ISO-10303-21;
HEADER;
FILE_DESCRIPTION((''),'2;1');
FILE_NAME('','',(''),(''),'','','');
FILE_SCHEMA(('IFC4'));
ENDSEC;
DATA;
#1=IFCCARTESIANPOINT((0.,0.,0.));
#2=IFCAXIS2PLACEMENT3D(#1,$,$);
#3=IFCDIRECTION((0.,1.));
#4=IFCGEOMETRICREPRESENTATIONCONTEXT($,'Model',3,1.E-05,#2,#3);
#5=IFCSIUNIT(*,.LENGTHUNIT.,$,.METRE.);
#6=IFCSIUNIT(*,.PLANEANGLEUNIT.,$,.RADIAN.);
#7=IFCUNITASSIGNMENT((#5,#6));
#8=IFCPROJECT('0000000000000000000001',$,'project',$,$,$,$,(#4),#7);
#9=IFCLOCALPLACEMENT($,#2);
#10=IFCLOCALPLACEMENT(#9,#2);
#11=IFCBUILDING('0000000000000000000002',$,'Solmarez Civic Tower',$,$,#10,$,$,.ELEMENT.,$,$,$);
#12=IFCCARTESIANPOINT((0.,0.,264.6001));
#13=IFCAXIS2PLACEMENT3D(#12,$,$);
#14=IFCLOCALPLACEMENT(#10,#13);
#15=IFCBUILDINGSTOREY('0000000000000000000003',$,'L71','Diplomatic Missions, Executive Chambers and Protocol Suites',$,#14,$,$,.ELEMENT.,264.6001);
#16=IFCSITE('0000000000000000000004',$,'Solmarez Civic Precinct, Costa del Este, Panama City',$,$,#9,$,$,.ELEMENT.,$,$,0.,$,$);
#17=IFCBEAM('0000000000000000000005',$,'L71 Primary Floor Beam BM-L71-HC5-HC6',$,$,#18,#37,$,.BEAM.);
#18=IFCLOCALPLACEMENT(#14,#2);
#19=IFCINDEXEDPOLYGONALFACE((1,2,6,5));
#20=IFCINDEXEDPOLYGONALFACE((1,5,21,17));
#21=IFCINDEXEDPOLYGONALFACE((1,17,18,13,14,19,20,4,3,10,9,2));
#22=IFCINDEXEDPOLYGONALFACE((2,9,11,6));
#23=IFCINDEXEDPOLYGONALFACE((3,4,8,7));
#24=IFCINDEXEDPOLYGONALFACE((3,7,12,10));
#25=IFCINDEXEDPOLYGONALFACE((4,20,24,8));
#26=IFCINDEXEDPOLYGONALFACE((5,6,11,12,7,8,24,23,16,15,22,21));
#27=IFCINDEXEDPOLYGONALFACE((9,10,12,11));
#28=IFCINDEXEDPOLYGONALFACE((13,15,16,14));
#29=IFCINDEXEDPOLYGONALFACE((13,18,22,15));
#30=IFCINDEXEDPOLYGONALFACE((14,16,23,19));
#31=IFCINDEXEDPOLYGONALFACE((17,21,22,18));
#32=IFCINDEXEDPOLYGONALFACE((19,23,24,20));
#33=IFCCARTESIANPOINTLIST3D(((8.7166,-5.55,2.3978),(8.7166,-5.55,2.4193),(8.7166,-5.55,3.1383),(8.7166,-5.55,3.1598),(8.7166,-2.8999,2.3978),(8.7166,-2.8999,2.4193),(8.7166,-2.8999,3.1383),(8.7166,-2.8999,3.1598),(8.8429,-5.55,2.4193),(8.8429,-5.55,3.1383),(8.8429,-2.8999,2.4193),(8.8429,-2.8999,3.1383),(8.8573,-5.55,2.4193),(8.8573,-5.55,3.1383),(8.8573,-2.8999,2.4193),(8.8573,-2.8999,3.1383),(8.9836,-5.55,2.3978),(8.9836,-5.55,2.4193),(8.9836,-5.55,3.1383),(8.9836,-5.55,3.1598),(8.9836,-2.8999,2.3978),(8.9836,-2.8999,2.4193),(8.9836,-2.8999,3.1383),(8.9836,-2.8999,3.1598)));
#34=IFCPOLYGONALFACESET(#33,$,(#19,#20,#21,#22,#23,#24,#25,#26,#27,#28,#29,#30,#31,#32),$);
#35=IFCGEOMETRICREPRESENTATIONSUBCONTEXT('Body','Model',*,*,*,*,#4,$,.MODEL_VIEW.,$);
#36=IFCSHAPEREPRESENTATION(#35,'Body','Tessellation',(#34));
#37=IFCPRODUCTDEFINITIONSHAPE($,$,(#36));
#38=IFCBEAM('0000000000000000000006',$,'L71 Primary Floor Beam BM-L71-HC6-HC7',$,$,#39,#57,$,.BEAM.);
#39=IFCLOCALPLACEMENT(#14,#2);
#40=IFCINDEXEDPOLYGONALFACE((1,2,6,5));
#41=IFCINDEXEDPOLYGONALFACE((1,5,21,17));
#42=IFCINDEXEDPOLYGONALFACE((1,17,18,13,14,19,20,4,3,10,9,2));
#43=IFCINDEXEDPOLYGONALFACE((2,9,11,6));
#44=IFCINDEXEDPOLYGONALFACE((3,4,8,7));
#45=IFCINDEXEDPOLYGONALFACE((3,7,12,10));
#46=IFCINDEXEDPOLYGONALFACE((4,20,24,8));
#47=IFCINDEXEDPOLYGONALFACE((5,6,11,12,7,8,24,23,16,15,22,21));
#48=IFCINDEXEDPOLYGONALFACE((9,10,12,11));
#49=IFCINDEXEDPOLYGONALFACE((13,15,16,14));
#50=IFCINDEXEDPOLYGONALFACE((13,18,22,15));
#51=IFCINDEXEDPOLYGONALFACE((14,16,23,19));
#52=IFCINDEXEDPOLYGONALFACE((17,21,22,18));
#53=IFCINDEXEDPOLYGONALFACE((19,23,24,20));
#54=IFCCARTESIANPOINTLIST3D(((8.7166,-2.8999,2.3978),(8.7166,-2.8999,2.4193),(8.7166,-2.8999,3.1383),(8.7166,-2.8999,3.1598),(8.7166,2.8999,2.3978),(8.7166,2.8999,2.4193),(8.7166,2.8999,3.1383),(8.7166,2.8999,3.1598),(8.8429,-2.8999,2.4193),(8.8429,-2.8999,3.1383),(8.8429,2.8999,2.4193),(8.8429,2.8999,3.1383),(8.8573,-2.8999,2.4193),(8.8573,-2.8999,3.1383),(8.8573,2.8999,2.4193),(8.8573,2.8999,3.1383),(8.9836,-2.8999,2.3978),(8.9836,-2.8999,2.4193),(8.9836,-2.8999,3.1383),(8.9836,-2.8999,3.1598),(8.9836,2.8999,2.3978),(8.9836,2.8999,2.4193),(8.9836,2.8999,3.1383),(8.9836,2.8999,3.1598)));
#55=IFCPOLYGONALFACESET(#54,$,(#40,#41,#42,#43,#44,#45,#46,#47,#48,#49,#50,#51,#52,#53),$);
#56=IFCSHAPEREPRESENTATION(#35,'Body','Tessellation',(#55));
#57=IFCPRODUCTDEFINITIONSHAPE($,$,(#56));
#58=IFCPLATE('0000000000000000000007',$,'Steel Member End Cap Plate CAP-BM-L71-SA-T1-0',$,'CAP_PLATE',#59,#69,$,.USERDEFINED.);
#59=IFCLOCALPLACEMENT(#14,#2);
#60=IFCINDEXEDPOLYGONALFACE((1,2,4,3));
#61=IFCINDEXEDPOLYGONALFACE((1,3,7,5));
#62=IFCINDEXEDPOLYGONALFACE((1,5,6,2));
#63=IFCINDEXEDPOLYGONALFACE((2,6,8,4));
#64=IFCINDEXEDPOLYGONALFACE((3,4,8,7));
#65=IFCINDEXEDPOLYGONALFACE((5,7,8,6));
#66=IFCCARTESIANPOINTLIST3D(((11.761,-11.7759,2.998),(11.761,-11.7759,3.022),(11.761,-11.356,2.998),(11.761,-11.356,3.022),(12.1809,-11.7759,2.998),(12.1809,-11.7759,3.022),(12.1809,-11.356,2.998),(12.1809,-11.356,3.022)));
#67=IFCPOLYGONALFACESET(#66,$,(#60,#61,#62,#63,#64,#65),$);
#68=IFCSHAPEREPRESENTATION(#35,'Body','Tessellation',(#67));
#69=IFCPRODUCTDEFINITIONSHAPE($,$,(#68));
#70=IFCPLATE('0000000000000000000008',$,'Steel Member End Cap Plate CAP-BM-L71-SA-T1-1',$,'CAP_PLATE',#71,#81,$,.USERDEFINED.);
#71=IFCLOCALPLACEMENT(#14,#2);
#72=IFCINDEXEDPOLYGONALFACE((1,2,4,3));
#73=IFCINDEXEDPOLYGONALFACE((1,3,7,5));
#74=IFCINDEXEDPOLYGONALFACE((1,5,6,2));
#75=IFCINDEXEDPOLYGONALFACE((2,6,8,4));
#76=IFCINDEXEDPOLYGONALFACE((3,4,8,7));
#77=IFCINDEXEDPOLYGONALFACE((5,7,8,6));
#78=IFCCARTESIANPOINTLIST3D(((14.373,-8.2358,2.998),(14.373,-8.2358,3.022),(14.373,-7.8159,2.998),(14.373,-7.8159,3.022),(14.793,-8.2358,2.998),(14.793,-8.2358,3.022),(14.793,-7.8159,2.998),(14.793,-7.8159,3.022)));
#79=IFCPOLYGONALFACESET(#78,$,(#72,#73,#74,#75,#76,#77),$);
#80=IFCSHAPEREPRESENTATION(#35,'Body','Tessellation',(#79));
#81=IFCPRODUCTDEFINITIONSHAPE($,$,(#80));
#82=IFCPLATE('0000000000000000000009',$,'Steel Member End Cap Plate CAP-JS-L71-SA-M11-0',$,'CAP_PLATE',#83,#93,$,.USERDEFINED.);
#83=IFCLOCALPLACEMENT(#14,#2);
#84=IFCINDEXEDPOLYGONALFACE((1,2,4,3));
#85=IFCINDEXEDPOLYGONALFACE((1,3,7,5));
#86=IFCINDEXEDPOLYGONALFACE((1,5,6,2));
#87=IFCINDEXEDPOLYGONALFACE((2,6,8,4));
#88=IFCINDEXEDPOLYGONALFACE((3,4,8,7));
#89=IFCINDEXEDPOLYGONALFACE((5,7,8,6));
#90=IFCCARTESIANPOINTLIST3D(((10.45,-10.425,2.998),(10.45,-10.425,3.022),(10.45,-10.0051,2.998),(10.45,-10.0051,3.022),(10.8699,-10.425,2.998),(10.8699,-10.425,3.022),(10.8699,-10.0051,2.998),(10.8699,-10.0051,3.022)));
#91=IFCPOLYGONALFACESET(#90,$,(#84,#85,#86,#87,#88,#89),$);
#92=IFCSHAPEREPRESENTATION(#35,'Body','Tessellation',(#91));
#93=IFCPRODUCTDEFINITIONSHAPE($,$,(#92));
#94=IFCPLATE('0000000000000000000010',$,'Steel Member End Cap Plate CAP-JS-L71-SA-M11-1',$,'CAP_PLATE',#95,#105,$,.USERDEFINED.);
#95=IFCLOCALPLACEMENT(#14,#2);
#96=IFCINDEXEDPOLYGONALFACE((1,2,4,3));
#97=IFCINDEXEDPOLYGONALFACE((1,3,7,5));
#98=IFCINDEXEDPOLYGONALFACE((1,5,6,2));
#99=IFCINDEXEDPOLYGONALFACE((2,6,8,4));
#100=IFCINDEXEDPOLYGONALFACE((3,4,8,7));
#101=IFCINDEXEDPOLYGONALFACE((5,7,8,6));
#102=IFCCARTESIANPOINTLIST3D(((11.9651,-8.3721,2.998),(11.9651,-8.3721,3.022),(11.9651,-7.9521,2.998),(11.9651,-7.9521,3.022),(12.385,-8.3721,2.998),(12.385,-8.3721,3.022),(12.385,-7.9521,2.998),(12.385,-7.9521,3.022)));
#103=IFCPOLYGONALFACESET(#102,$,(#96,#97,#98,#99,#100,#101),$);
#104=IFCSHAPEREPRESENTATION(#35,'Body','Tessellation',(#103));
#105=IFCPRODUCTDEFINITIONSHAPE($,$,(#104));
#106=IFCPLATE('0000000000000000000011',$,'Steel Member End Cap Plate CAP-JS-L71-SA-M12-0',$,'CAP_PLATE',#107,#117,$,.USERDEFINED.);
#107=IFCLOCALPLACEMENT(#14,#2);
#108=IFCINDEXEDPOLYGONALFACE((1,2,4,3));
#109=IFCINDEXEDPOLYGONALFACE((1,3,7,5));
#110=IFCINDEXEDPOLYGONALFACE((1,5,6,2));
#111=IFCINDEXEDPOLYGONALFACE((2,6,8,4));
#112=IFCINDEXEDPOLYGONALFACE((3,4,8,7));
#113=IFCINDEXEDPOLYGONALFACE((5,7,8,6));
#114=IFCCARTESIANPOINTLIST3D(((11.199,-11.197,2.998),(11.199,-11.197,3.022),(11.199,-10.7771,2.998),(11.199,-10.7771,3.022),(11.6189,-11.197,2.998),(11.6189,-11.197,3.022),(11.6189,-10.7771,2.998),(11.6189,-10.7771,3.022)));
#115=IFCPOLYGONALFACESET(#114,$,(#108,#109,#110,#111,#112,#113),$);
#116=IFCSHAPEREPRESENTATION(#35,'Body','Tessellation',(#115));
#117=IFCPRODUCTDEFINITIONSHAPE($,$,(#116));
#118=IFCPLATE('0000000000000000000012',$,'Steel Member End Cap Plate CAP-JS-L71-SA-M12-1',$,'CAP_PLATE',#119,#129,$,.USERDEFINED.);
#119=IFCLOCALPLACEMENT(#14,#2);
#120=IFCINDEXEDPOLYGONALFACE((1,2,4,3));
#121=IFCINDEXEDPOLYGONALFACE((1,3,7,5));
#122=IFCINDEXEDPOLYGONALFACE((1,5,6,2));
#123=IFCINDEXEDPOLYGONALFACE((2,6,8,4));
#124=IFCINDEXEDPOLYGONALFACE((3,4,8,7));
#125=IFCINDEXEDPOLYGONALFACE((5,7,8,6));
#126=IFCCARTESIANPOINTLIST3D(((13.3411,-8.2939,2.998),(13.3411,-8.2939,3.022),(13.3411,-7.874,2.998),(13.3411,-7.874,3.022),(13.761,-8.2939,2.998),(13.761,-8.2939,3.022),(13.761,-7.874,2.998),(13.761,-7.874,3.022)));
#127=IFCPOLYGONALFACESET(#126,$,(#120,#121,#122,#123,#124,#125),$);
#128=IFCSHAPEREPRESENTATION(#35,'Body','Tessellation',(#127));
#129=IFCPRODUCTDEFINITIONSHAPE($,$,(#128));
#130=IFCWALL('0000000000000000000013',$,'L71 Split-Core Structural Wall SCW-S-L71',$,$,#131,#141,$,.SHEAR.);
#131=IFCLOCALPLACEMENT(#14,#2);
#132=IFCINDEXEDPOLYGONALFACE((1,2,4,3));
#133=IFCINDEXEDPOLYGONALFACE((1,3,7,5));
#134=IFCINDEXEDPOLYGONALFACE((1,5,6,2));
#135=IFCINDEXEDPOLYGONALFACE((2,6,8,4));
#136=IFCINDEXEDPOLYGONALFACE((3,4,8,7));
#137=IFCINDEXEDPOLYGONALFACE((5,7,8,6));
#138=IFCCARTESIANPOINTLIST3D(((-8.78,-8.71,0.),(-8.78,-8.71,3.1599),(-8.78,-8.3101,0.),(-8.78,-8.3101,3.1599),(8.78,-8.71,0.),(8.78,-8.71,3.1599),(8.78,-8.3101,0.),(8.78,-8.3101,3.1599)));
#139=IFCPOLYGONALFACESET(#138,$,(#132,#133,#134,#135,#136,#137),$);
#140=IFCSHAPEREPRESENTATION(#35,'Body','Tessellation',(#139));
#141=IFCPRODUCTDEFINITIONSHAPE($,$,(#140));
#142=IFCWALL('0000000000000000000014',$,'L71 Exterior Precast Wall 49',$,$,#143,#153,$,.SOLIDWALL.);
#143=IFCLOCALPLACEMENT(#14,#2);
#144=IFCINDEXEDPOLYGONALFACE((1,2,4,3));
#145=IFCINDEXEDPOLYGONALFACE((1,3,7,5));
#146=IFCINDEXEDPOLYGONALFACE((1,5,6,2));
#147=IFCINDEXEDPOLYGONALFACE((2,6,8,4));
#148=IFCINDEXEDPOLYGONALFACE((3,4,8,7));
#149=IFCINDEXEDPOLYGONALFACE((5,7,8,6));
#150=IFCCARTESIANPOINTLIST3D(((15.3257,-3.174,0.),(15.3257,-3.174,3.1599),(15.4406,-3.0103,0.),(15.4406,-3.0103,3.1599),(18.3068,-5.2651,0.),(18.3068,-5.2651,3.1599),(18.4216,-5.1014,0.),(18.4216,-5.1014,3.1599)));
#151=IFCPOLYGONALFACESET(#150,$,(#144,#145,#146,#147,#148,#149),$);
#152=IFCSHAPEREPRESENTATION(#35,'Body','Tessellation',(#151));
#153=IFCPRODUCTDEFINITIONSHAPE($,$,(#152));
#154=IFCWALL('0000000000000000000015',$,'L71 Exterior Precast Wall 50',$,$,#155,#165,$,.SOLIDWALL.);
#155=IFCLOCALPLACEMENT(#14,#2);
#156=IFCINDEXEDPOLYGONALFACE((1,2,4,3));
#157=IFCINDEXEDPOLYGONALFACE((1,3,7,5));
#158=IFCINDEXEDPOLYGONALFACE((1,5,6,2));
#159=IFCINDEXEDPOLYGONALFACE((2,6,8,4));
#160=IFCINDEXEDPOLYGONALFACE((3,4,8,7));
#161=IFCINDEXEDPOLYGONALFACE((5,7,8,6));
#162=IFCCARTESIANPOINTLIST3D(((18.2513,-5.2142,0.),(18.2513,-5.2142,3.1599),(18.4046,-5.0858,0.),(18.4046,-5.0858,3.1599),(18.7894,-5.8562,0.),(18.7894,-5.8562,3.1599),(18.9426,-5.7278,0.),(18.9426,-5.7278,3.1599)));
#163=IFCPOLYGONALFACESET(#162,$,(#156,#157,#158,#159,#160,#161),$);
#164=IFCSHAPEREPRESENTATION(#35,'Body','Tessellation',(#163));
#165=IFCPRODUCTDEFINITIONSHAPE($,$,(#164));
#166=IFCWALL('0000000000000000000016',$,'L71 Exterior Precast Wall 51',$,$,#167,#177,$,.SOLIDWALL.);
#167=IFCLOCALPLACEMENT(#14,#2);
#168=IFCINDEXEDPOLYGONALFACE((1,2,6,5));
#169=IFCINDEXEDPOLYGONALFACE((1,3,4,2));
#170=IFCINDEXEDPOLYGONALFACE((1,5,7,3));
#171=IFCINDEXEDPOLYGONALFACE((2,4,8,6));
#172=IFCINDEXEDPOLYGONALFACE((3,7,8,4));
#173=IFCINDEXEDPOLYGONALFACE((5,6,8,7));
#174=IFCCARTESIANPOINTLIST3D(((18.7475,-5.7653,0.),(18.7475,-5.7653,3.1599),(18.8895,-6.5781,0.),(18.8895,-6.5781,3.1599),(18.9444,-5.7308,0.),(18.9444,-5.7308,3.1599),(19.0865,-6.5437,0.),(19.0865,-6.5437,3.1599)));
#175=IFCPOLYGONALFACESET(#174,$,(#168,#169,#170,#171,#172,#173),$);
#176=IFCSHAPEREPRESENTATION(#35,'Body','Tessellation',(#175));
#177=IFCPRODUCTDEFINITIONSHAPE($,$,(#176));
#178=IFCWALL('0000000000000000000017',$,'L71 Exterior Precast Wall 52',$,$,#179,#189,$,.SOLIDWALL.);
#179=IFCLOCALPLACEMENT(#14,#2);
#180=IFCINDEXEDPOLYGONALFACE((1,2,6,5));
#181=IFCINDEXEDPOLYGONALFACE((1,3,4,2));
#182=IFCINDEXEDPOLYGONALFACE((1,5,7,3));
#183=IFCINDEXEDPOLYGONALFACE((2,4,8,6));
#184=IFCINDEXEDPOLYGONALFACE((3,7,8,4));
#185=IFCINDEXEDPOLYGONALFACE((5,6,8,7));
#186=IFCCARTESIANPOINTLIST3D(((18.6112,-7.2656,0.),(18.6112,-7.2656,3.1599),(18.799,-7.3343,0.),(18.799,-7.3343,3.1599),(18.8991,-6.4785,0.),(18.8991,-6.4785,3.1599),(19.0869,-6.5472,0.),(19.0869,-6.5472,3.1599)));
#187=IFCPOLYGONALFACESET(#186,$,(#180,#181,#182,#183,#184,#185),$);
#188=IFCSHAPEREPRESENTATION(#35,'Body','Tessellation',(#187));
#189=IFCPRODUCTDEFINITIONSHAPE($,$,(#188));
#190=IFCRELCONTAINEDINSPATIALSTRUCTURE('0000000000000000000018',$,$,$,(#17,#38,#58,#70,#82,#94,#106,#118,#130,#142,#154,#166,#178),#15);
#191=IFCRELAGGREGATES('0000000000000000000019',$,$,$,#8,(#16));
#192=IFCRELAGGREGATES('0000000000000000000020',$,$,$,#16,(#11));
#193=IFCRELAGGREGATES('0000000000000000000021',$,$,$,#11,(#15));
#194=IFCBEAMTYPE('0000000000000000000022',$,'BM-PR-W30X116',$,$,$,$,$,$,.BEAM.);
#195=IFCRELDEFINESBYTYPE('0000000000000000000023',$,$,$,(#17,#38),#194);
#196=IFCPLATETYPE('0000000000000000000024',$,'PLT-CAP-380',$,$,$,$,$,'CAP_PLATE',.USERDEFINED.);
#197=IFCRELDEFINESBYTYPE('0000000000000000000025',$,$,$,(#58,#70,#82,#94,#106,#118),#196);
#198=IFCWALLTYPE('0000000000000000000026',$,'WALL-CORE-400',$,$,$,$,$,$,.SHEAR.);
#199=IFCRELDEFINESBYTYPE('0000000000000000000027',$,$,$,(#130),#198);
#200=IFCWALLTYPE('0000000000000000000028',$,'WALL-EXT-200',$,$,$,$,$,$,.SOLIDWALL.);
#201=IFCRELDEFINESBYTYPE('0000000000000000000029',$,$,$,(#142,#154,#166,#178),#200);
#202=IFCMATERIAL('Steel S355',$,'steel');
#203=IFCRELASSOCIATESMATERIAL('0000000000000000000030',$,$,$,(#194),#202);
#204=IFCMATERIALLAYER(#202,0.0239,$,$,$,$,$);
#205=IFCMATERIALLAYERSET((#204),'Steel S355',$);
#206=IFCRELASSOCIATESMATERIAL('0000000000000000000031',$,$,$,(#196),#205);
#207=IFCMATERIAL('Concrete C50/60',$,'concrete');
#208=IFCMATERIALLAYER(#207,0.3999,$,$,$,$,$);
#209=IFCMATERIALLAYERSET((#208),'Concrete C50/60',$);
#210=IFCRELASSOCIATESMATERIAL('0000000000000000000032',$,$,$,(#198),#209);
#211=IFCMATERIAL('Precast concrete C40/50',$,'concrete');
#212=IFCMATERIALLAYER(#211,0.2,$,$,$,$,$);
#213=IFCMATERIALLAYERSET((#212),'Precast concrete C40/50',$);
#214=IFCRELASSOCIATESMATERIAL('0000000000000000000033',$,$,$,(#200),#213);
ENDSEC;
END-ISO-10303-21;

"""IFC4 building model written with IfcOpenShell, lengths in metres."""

from ifc_helpers import new_model, si_unit, direction, frame, frame_2d, origin, origin_2d, place, context, subcontext, project, spatial, rectangle, i_section, extrude, material, layer, layer_set, material_profile, profile_set, type_object, element, save


model = new_model("IFC4")

# Units and contexts
model_context = context("Model", 3, precision=1e-05, world=origin(), true_north=direction((0.0, 1.0)))
body_context = subcontext(model_context, "Body", "Model", "MODEL_VIEW")
ifc_project = project(units=[si_unit("LENGTHUNIT", "METRE"), si_unit("PLANEANGLEUNIT", "RADIAN")], contexts=[model_context])

# Site, building, storey
site_placement = place(None, origin())
site = spatial("IfcSite", under=ifc_project, at=site_placement, Name="Solmarez Civic Precinct, Costa del Este, Panama City", CompositionType="ELEMENT", RefElevation=0.0)
building_placement = place(site_placement, origin())
building = spatial("IfcBuilding", under=site, at=building_placement, Name="Solmarez Civic Tower", CompositionType="ELEMENT")
storey_placement = place(building_placement, frame((0.0, 0.0, 264.6001)))
storey = spatial("IfcBuildingStorey", under=building, at=storey_placement, Name="L71", Description="Diplomatic Missions, Executive Chambers and Protocol Suites", CompositionType="ELEMENT", Elevation=264.6001)

# Shared definitions
ifc_material_1 = material(Name="Concrete C50/60", Category="concrete")

# Beams
ifc_material_2 = material(Name="Steel S355", Category="steel")
ifc_material_profile_1 = material_profile(ifc_material_2, i_section(OverallWidth=0.2671, OverallDepth=0.762, WebThickness=0.0144, FlangeThickness=0.0215, at=origin_2d()), Name="W30X116")
ifc_profile_set_1 = profile_set([ifc_material_profile_1], Name="Steel S355")
beam_type_1 = type_object("IfcBeamType", Name="BM-PR-W30X116", PredefinedType="BEAM", material=ifc_profile_set_1)
beam_1_placement = place(storey_placement, frame((8.8501, -5.55, 2.7788), z_axis=(0.0, 1.0, 0.0), x_axis=(-1.0, 0.0, 0.0)))
element("IfcBeam", 1, at=beam_1_placement, inside=storey, type_object=beam_type_1, Name="L71 Primary Floor Beam BM-L71-HC5-HC6", PredefinedType="BEAM", context=body_context, shape_type="SweptSolid", body=[
    extrude(i_section(OverallWidth=0.2671, OverallDepth=0.762, WebThickness=0.0144, FlangeThickness=0.0215, at=origin_2d()), origin(), (0.0, 0.0, 1.0), 2.6501),
])
beam_2_placement = place(storey_placement, frame((8.8501, -2.8999, 2.7788), z_axis=(0.0, 1.0, 0.0), x_axis=(-1.0, 0.0, 0.0)))
element("IfcBeam", 2, at=beam_2_placement, inside=storey, type_object=beam_type_1, Name="L71 Primary Floor Beam BM-L71-HC6-HC7", PredefinedType="BEAM", context=body_context, shape_type="SweptSolid", body=[
    extrude(i_section(OverallWidth=0.2671, OverallDepth=0.762, WebThickness=0.0144, FlangeThickness=0.0215, at=origin_2d()), origin(), (0.0, 0.0, 1.0), 5.7998),
])

# Plates
ifc_layer_1 = layer(ifc_material_2, 0.0239)
ifc_layer_set_1 = layer_set([ifc_layer_1], Name="Steel S355")
plate_type = type_object("IfcPlateType", Name="PLT-CAP-380", ElementType="CAP_PLATE", PredefinedType="USERDEFINED", material=ifc_layer_set_1)
for number, where, z_axis, x_axis, name in (
    (3, (11.9709, -11.5659, 2.998), (0.0, 0.0, 1.0), (1.0, 0.0, 0.0), "Steel Member End Cap Plate CAP-BM-L71-SA-T1-0"),
    (4, (14.583, -8.0259, 2.998), (0.0, 0.0, 1.0), (1.0, 0.0, 0.0), "Steel Member End Cap Plate CAP-BM-L71-SA-T1-1"),
    (5, (10.6599, -10.2151, 2.998), (0.0, 0.0, 1.0), (1.0, 0.0, 0.0), "Steel Member End Cap Plate CAP-JS-L71-SA-M11-0"),
    (6, (12.175, -8.1621, 2.998), (0.0, 0.0, 1.0), (1.0, 0.0, 0.0), "Steel Member End Cap Plate CAP-JS-L71-SA-M11-1"),
    (7, (11.4089, -10.9871, 2.998), (0.0, 0.0, 1.0), (1.0, 0.0, 0.0), "Steel Member End Cap Plate CAP-JS-L71-SA-M12-0"),
    (8, (13.551, -8.084, 2.998), (0.0, 0.0, 1.0), (1.0, 0.0, 0.0), "Steel Member End Cap Plate CAP-JS-L71-SA-M12-1"),
):
    element("IfcPlate", number, at=place(storey_placement, frame(where, z_axis=z_axis, x_axis=x_axis)), inside=storey, type_object=plate_type, Name=name, ObjectType="CAP_PLATE", PredefinedType="USERDEFINED", context=body_context, shape_type="SweptSolid", body=[
        extrude(rectangle(XDim=0.4199, YDim=0.4199, at=origin_2d()), origin(), (0.0, 0.0, 1.0), 0.0239),
    ])

# Walls
ifc_layer_2 = layer(ifc_material_1, 0.3999)
ifc_layer_set_2 = layer_set([ifc_layer_2], Name="Concrete C50/60")
wall_type_1 = type_object("IfcWallType", Name="WALL-CORE-400", PredefinedType="SHEAR", material=ifc_layer_set_2)
wall_1_placement = place(storey_placement, frame((8.78, -8.51, 0.0), z_axis=(0.0, 0.0, 1.0), x_axis=(-1.0, 0.0, 0.0)))
element("IfcWall", 9, at=wall_1_placement, inside=storey, type_object=wall_type_1, Name="L71 Split-Core Structural Wall SCW-S-L71", PredefinedType="SHEAR", context=body_context, shape_type="SweptSolid", body=[
    extrude(rectangle(XDim=17.5601, YDim=0.3999, at=frame_2d((8.78, 0.0))), origin(), (0.0, 0.0, 1.0), 3.1599),
])
ifc_material_3 = material(Name="Precast concrete C40/50", Category="concrete")
ifc_layer_3 = layer(ifc_material_3, 0.2)
ifc_layer_set_3 = layer_set([ifc_layer_3], Name="Precast concrete C40/50")
wall_type_2 = type_object("IfcWallType", Name="WALL-EXT-200", PredefinedType="SOLIDWALL", material=ifc_layer_set_3)
wall_2_placement = place(storey_placement, frame((15.3831, -3.092, 0.0), z_axis=(0.0, 0.0, 1.0), x_axis=(0.818665, -0.574272, 0.0)))
element("IfcWall", 10, at=wall_2_placement, inside=storey, type_object=wall_type_2, Name="L71 Exterior Precast Wall 49", PredefinedType="SOLIDWALL", context=body_context, shape_type="SweptSolid", body=[
    extrude(rectangle(XDim=3.6414, YDim=0.2, at=frame_2d((1.8208, 0.0))), origin(), (0.0, 0.0, 1.0), 3.1599),
])
wall_3_placement = place(storey_placement, frame((18.3279, -5.1499, 0.0), z_axis=(0.0, 0.0, 1.0), x_axis=(0.642303, -0.766451, 0.0)))
element("IfcWall", 11, at=wall_3_placement, inside=storey, type_object=wall_type_2, Name="L71 Exterior Precast Wall 50", PredefinedType="SOLIDWALL", context=body_context, shape_type="SweptSolid", body=[
    extrude(rectangle(XDim=0.8376, YDim=0.2, at=frame_2d((0.4189, 0.0))), origin(), (0.0, 0.0, 1.0), 3.1599),
])
wall_4_placement = place(storey_placement, frame((18.8459, -5.748, 0.0), z_axis=(0.0, 0.0, 1.0), x_axis=(0.172165, -0.985068, 0.0)))
element("IfcWall", 12, at=wall_4_placement, inside=storey, type_object=wall_type_2, Name="L71 Exterior Precast Wall 51", PredefinedType="SOLIDWALL", context=body_context, shape_type="SweptSolid", body=[
    extrude(rectangle(XDim=0.8252, YDim=0.2, at=frame_2d((0.4126, 0.0))), origin(), (0.0, 0.0, 1.0), 3.1599),
])
wall_5_placement = place(storey_placement, frame((18.9929, -6.5129, 0.0), z_axis=(0.0, 0.0, 1.0), x_axis=(-0.34345, -0.939171, 0.0)))
element("IfcWall", 13, at=wall_5_placement, inside=storey, type_object=wall_type_2, Name="L71 Exterior Precast Wall 52", PredefinedType="SOLIDWALL", context=body_context, shape_type="SweptSolid", body=[
    extrude(rectangle(XDim=0.8381, YDim=0.2, at=frame_2d((0.4189, 0.0))), origin(), (0.0, 0.0, 1.0), 3.1599),
])

save(model, "model.ifc")
